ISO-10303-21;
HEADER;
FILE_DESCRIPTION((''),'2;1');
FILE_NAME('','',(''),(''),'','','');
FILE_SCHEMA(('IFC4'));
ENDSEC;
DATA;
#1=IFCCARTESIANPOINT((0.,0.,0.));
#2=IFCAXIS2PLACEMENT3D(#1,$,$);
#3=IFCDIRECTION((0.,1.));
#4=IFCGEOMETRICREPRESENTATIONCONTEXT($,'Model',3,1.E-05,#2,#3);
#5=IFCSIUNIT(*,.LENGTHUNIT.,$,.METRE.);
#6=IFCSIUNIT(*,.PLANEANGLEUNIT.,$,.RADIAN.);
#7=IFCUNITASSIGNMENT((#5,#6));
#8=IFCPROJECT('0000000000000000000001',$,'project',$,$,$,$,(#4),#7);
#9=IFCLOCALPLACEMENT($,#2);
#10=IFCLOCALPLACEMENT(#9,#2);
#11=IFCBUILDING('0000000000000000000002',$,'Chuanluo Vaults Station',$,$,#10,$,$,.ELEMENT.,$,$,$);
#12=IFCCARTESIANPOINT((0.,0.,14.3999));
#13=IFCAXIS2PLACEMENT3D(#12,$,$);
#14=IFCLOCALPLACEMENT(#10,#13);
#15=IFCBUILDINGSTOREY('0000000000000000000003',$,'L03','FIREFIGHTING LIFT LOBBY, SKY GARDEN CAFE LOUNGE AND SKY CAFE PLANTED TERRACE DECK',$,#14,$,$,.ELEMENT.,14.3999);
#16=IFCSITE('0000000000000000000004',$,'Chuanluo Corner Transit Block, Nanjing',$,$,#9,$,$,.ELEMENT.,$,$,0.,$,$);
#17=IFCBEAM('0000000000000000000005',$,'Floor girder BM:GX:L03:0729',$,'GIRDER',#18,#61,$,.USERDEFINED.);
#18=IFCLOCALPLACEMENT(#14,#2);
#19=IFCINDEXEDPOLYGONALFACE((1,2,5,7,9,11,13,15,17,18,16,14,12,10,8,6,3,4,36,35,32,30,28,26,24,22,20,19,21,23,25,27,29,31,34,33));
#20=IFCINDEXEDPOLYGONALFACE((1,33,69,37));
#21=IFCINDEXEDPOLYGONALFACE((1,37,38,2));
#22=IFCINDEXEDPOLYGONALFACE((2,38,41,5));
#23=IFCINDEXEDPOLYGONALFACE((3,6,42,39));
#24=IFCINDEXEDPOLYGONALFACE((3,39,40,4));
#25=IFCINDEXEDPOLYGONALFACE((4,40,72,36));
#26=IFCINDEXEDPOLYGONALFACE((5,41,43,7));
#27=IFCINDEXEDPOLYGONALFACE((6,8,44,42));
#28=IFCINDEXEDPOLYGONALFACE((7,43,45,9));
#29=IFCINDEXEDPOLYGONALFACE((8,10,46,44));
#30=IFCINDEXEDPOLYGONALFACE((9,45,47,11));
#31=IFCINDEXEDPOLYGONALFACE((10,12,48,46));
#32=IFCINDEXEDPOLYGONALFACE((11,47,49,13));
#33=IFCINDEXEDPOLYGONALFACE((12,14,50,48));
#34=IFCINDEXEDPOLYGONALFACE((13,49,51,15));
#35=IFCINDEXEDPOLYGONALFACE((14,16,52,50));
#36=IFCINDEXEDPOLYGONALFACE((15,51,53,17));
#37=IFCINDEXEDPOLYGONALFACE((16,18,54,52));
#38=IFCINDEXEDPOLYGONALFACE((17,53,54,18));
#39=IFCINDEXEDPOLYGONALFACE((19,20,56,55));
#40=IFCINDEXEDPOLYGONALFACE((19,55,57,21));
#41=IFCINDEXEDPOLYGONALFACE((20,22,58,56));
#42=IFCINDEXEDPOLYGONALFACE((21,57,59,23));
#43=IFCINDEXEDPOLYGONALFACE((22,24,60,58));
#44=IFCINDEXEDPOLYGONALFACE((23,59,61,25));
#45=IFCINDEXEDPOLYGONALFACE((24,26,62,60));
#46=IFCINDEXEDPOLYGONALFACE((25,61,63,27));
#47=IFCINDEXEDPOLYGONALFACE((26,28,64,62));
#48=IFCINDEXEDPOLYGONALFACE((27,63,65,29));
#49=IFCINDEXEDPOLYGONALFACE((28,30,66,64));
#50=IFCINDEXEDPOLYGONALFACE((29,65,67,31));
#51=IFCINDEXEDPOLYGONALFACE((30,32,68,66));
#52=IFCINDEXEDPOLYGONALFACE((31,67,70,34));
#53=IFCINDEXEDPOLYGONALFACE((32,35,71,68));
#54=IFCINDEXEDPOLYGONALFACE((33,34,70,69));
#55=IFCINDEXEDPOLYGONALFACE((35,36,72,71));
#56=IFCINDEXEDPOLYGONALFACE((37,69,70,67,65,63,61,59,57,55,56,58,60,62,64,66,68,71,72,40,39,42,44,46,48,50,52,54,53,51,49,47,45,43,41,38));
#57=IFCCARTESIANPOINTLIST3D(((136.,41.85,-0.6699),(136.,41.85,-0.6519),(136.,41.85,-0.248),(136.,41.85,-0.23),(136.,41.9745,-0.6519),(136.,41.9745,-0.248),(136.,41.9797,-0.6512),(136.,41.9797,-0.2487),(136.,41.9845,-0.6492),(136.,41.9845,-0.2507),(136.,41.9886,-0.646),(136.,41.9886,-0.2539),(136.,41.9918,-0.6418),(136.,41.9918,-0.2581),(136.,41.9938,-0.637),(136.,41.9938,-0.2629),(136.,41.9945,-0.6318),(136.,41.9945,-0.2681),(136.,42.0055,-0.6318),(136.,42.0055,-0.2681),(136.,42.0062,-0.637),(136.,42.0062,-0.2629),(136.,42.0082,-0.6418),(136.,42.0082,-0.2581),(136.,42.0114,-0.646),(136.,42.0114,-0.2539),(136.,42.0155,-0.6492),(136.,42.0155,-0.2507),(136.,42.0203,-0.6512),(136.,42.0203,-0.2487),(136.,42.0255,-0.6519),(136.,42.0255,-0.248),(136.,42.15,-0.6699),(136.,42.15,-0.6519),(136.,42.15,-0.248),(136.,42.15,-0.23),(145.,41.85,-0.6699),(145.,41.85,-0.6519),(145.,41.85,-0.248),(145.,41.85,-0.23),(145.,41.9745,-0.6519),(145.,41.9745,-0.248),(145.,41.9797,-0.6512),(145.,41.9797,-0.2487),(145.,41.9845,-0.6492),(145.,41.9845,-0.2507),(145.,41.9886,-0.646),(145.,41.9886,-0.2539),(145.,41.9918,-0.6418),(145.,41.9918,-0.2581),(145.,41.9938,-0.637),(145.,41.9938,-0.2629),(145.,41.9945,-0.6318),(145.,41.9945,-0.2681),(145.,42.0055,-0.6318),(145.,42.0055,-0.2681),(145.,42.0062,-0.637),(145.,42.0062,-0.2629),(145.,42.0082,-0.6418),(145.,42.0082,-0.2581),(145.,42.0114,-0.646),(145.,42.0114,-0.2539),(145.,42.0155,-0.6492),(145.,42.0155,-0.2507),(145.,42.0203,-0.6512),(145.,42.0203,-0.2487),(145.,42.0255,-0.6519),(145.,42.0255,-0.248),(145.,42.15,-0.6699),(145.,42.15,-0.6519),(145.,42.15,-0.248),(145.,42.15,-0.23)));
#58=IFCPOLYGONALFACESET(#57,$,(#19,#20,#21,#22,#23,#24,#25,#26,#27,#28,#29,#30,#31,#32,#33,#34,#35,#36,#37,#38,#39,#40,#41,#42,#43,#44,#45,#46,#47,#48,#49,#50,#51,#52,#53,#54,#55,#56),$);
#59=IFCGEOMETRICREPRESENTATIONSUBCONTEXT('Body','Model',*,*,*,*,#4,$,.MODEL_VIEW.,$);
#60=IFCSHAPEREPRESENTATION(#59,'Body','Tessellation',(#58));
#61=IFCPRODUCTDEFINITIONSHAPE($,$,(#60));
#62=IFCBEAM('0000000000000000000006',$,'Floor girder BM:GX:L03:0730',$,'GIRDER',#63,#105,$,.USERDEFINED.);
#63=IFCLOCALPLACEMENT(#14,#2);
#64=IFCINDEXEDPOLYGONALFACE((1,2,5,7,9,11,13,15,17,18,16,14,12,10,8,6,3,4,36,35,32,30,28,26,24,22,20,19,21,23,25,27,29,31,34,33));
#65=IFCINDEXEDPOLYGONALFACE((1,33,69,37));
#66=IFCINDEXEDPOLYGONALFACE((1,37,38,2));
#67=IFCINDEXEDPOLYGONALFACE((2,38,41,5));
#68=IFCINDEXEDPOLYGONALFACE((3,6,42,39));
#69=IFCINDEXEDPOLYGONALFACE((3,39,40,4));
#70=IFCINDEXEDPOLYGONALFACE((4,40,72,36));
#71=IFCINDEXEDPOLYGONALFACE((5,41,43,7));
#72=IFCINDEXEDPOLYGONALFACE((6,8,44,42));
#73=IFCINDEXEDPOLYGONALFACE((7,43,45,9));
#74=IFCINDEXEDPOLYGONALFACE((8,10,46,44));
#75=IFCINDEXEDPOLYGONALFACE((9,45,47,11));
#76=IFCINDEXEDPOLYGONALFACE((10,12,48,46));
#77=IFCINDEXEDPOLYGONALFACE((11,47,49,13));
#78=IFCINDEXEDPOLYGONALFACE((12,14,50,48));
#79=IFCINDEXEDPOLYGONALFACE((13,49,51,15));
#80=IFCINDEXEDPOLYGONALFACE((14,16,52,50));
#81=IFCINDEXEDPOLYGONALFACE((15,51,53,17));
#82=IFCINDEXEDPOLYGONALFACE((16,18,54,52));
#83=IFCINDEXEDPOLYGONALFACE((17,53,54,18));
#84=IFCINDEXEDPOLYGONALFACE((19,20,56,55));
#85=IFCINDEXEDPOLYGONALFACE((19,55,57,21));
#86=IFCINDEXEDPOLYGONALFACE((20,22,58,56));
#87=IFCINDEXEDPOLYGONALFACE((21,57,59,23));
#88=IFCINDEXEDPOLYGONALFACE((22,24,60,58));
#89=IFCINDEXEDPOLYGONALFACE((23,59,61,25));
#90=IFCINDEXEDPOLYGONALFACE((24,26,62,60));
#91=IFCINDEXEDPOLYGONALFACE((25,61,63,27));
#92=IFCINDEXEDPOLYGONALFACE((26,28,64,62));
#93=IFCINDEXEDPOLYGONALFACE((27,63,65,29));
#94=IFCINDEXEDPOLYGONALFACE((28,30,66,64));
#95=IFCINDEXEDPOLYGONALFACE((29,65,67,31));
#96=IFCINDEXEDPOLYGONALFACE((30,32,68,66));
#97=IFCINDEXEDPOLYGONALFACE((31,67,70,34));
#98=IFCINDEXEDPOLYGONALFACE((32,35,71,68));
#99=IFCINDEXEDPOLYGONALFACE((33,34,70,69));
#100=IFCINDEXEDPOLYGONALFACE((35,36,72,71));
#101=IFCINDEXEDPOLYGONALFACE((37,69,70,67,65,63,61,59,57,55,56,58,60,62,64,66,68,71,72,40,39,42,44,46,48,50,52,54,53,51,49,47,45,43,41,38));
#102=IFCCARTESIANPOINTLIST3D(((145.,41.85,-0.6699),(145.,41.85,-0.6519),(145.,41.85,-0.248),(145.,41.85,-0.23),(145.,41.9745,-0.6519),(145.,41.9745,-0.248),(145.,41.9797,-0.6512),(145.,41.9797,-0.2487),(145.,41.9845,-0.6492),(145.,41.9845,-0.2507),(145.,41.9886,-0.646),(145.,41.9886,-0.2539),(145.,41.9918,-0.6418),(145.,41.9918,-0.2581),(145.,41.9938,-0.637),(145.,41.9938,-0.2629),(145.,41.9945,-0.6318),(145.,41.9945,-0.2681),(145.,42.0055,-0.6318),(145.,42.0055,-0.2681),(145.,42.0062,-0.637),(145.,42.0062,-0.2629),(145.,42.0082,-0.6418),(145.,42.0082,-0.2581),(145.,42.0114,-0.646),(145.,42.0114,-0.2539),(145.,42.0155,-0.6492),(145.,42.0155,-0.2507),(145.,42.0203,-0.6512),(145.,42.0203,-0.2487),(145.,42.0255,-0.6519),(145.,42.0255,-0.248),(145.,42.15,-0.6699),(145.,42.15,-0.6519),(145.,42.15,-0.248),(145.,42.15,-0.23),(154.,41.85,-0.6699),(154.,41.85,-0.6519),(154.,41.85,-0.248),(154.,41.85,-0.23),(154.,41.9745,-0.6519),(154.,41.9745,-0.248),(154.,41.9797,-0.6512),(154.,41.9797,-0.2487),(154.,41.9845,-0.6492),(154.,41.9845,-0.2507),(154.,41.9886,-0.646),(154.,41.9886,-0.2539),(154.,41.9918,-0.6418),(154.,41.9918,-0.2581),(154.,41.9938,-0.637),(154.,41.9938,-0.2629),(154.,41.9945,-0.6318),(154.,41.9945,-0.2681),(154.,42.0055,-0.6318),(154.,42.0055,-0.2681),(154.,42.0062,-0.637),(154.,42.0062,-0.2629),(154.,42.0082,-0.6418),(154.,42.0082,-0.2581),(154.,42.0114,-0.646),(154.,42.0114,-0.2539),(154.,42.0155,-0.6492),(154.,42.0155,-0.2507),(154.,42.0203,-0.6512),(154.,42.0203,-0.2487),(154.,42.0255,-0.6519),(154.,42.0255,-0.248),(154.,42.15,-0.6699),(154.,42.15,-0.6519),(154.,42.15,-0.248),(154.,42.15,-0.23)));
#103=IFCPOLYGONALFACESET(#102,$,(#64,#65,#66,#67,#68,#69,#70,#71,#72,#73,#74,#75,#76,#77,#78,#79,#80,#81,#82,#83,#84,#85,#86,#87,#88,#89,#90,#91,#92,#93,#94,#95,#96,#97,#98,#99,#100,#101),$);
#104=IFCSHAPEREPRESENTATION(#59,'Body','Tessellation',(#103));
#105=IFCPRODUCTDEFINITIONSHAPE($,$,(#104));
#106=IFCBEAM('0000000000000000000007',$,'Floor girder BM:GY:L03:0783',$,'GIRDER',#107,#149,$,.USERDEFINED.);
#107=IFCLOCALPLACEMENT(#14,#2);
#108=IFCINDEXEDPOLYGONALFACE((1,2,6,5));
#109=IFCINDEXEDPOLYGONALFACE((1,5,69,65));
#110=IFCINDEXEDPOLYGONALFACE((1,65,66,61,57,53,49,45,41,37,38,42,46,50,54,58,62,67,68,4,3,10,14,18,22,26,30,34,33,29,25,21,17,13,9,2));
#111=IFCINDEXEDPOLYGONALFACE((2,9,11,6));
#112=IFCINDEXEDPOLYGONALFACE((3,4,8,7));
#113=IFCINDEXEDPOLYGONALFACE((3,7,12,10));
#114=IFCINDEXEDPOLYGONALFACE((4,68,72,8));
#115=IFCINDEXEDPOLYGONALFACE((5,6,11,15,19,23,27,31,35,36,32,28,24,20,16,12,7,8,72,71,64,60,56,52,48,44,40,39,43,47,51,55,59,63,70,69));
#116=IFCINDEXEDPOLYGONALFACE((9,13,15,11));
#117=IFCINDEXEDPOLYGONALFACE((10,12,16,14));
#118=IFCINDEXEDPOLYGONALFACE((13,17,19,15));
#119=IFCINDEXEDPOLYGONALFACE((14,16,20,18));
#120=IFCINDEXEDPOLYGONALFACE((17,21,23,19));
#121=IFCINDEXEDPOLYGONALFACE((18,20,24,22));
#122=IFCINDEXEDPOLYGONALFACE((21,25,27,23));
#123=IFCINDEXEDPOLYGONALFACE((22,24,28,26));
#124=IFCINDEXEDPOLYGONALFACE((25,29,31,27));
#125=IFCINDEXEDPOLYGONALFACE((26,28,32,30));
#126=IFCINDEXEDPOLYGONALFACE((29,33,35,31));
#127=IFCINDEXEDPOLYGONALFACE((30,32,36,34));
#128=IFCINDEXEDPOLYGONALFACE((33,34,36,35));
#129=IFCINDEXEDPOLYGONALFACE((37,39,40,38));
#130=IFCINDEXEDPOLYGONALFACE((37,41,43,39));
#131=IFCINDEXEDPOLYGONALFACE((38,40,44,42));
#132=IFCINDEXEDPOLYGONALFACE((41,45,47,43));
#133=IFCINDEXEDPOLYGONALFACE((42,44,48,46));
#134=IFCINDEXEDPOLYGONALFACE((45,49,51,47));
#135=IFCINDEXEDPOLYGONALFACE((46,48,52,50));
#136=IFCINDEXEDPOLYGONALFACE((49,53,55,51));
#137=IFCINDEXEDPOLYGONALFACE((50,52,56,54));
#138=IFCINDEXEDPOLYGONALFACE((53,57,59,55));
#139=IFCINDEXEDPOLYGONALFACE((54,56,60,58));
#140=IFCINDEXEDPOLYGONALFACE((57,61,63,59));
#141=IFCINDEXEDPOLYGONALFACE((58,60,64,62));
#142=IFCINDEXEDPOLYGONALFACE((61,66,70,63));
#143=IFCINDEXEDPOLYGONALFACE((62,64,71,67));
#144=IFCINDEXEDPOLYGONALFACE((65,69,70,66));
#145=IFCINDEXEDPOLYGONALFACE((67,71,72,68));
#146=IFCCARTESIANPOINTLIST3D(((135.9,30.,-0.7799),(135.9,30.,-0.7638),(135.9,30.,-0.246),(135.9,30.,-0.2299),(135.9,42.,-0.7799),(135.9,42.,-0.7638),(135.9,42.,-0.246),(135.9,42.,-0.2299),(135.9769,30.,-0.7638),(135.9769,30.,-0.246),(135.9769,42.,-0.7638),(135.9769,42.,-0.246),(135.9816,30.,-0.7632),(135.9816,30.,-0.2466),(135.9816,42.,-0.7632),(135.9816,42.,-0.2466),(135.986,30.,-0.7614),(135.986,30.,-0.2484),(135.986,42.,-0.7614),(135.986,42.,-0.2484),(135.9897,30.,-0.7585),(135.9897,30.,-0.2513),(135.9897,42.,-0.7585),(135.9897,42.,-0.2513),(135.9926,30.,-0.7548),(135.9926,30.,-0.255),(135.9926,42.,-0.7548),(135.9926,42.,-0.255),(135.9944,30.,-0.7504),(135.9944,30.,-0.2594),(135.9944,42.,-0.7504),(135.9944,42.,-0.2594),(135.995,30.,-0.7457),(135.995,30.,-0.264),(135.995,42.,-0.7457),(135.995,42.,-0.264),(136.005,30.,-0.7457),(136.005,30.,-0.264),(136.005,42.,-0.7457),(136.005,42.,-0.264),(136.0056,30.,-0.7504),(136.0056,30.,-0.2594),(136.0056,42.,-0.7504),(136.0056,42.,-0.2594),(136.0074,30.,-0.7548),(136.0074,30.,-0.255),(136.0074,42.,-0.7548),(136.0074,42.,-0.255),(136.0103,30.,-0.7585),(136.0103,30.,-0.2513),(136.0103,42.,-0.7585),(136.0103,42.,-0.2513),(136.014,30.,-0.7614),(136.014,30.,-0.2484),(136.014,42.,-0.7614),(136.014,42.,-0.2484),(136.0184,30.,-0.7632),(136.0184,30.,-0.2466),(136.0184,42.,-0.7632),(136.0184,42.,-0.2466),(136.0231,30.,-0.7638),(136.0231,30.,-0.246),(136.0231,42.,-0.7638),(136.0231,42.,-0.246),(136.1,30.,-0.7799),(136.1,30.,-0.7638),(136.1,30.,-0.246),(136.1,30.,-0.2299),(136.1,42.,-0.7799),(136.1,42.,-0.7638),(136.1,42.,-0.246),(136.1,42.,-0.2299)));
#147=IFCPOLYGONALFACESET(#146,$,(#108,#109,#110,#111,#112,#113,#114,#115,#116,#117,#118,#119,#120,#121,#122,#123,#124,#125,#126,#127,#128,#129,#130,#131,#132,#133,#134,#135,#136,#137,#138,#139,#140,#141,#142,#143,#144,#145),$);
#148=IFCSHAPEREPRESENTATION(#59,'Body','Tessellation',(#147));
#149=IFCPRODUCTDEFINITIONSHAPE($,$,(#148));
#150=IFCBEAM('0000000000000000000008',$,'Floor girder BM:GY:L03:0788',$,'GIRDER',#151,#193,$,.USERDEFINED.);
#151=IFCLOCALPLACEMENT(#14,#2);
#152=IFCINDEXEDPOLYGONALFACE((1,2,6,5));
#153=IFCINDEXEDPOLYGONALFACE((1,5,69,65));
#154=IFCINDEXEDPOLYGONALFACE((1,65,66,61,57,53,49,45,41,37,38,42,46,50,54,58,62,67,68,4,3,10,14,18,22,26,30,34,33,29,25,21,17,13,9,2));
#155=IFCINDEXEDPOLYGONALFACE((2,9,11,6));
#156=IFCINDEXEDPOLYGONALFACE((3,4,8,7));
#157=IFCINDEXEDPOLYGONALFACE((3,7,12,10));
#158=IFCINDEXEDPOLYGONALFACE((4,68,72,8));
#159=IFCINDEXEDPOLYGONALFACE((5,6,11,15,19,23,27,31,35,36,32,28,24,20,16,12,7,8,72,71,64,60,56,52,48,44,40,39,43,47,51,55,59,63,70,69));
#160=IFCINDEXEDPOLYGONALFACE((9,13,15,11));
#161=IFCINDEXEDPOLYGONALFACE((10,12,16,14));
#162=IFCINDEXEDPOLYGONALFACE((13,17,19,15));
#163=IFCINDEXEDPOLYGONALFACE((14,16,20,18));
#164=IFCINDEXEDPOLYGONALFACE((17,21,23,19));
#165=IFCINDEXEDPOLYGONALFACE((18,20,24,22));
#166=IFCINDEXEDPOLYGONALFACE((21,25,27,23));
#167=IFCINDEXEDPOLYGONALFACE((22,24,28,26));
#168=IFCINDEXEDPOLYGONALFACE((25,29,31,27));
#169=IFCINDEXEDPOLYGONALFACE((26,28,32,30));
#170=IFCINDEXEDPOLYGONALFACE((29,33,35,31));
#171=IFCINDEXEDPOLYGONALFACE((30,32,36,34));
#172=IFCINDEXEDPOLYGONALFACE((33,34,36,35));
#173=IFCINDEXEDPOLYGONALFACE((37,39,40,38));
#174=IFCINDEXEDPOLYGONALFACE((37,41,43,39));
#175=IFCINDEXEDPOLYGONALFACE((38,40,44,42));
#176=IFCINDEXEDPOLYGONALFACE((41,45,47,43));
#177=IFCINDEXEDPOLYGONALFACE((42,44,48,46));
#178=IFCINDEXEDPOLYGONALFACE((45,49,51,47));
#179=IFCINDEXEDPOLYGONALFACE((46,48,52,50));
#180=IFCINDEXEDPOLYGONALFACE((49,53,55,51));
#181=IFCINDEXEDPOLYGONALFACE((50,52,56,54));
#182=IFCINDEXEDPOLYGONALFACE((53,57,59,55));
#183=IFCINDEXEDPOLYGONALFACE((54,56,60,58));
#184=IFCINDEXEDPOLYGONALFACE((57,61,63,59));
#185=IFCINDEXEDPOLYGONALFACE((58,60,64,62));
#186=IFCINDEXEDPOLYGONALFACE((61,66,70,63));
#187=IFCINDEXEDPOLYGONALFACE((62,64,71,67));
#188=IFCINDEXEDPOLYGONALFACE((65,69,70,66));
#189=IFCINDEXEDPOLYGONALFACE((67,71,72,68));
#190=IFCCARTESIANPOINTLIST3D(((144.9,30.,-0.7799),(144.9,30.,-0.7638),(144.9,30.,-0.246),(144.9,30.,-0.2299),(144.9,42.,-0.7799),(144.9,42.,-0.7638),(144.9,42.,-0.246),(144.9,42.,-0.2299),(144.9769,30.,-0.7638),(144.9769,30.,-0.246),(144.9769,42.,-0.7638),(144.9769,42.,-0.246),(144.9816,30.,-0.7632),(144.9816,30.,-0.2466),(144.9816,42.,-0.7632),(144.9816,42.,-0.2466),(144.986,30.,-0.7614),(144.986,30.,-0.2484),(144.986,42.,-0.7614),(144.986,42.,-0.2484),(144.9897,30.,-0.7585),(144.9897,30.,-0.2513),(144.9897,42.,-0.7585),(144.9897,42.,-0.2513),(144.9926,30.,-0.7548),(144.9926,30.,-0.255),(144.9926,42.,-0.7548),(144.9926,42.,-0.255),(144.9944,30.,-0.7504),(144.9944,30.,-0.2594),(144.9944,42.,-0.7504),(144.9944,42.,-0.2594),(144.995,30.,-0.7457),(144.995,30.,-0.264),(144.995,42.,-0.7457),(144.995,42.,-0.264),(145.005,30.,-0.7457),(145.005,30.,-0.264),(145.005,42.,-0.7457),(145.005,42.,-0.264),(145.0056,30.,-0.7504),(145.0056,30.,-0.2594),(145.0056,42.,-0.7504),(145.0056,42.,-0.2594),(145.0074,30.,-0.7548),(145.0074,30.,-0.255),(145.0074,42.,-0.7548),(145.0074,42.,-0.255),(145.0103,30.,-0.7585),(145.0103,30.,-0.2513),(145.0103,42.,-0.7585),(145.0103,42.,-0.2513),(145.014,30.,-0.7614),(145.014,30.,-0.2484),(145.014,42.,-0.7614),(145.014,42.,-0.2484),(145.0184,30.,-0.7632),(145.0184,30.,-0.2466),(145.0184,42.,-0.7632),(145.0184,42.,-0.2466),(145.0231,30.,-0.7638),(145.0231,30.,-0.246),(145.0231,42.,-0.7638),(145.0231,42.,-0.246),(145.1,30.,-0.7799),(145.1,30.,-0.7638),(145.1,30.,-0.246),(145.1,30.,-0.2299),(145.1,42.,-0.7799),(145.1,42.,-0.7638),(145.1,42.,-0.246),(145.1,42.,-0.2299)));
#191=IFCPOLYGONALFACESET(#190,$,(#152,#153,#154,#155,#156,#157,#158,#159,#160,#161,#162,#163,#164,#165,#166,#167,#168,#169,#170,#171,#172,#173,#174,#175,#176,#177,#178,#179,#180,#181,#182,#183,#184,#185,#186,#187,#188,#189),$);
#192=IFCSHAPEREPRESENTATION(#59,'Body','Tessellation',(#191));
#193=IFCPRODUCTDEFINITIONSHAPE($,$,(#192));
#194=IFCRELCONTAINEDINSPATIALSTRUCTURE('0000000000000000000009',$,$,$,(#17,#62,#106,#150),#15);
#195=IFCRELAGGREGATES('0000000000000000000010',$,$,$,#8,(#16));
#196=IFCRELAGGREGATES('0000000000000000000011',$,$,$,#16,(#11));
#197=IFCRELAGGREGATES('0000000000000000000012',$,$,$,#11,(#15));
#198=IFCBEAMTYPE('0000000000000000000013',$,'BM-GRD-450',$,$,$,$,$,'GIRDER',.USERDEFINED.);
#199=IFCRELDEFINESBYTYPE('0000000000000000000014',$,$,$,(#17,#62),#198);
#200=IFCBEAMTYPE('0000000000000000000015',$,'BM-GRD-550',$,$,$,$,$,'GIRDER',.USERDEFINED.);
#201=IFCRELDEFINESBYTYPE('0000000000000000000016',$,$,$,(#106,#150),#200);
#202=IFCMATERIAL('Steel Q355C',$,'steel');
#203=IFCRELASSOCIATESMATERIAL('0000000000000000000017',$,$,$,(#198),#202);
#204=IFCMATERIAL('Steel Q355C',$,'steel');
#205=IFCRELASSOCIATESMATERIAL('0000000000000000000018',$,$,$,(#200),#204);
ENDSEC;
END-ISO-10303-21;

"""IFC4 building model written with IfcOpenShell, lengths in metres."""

from ifc_helpers import new_model, si_unit, direction, frame, origin, origin_2d, place, context, subcontext, project, spatial, i_section, extrude, material, material_profile, profile_set, type_object, element, save


model = new_model("IFC4")

# Units and contexts
model_context = context("Model", 3, precision=1e-05, world=origin(), true_north=direction((0.0, 1.0)))
body_context = subcontext(model_context, "Body", "Model", "MODEL_VIEW")
ifc_project = project(units=[si_unit("LENGTHUNIT", "METRE"), si_unit("PLANEANGLEUNIT", "RADIAN")], contexts=[model_context])

# Site, building, storey
site_placement = place(None, origin())
site = spatial("IfcSite", under=ifc_project, at=site_placement, Name="Chuanluo Corner Transit Block, Nanjing", CompositionType="ELEMENT", RefElevation=0.0)
building_placement = place(site_placement, origin())
building = spatial("IfcBuilding", under=site, at=building_placement, Name="Chuanluo Vaults Station", CompositionType="ELEMENT")
storey_placement = place(building_placement, frame((0.0, 0.0, 14.3999)))
storey = spatial("IfcBuildingStorey", under=building, at=storey_placement, Name="L03", Description="FIREFIGHTING LIFT LOBBY, SKY GARDEN CAFE LOUNGE AND SKY CAFE PLANTED TERRACE DECK", CompositionType="ELEMENT", Elevation=14.3999)

# Beams
ifc_material_1 = material(Name="Steel Q355C", Category="steel")
ifc_material_profile_1 = material_profile(ifc_material_1, i_section(OverallWidth=0.3, OverallDepth=0.4399, WebThickness=0.011, FlangeThickness=0.0181, FilletRadius=0.02, at=origin_2d()))
ifc_profile_set_1 = profile_set([ifc_material_profile_1], Name="Steel Q355C")
beam_type_1 = type_object("IfcBeamType", Name="BM-GRD-450", ElementType="GIRDER", PredefinedType="USERDEFINED", material=ifc_profile_set_1)
for number, where, z_axis, x_axis, name in (
    (1, (136.0, 42.0, -0.45), (1.0, 0.0, 0.0), (0.0, 1.0, 0.0), "Floor girder BM:GX:L03:0729"),
    (2, (145.0, 42.0, -0.45), (1.0, 0.0, 0.0), (0.0, 1.0, 0.0), "Floor girder BM:GX:L03:0730"),
):
    element("IfcBeam", number, at=place(storey_placement, frame(where, z_axis=z_axis, x_axis=x_axis)), inside=storey, type_object=beam_type_1, Name=name, ObjectType="GIRDER", PredefinedType="USERDEFINED", context=body_context, shape_type="SweptSolid", body=[
        extrude(i_section(OverallWidth=0.3, OverallDepth=0.4399, WebThickness=0.011, FlangeThickness=0.0181, FilletRadius=0.02, at=origin_2d()), origin(), (0.0, 0.0, 1.0), 9.0),
    ])
ifc_material_2 = material(Name="Steel Q355C", Category="steel")
ifc_material_profile_2 = material_profile(ifc_material_2, i_section(OverallWidth=0.2, OverallDepth=0.55, WebThickness=0.01, FlangeThickness=0.0161, FilletRadius=0.0181, at=origin_2d()))
ifc_profile_set_2 = profile_set([ifc_material_profile_2], Name="Steel Q355C")
beam_type_2 = type_object("IfcBeamType", Name="BM-GRD-550", ElementType="GIRDER", PredefinedType="USERDEFINED", material=ifc_profile_set_2)
for number, where, z_axis, x_axis, name in (
    (3, (136.0, 30.0, -0.5049), (0.0, 1.0, 0.0), (-1.0, 0.0, 0.0), "Floor girder BM:GY:L03:0783"),
    (4, (145.0, 30.0, -0.5049), (0.0, 1.0, 0.0), (-1.0, 0.0, 0.0), "Floor girder BM:GY:L03:0788"),
):
    element("IfcBeam", number, at=place(storey_placement, frame(where, z_axis=z_axis, x_axis=x_axis)), inside=storey, type_object=beam_type_2, Name=name, ObjectType="GIRDER", PredefinedType="USERDEFINED", context=body_context, shape_type="SweptSolid", body=[
        extrude(i_section(OverallWidth=0.2, OverallDepth=0.55, WebThickness=0.01, FlangeThickness=0.0161, FilletRadius=0.0181, at=origin_2d()), origin(), (0.0, 0.0, 1.0), 12.0),
    ])

save(model, "model.ifc")
